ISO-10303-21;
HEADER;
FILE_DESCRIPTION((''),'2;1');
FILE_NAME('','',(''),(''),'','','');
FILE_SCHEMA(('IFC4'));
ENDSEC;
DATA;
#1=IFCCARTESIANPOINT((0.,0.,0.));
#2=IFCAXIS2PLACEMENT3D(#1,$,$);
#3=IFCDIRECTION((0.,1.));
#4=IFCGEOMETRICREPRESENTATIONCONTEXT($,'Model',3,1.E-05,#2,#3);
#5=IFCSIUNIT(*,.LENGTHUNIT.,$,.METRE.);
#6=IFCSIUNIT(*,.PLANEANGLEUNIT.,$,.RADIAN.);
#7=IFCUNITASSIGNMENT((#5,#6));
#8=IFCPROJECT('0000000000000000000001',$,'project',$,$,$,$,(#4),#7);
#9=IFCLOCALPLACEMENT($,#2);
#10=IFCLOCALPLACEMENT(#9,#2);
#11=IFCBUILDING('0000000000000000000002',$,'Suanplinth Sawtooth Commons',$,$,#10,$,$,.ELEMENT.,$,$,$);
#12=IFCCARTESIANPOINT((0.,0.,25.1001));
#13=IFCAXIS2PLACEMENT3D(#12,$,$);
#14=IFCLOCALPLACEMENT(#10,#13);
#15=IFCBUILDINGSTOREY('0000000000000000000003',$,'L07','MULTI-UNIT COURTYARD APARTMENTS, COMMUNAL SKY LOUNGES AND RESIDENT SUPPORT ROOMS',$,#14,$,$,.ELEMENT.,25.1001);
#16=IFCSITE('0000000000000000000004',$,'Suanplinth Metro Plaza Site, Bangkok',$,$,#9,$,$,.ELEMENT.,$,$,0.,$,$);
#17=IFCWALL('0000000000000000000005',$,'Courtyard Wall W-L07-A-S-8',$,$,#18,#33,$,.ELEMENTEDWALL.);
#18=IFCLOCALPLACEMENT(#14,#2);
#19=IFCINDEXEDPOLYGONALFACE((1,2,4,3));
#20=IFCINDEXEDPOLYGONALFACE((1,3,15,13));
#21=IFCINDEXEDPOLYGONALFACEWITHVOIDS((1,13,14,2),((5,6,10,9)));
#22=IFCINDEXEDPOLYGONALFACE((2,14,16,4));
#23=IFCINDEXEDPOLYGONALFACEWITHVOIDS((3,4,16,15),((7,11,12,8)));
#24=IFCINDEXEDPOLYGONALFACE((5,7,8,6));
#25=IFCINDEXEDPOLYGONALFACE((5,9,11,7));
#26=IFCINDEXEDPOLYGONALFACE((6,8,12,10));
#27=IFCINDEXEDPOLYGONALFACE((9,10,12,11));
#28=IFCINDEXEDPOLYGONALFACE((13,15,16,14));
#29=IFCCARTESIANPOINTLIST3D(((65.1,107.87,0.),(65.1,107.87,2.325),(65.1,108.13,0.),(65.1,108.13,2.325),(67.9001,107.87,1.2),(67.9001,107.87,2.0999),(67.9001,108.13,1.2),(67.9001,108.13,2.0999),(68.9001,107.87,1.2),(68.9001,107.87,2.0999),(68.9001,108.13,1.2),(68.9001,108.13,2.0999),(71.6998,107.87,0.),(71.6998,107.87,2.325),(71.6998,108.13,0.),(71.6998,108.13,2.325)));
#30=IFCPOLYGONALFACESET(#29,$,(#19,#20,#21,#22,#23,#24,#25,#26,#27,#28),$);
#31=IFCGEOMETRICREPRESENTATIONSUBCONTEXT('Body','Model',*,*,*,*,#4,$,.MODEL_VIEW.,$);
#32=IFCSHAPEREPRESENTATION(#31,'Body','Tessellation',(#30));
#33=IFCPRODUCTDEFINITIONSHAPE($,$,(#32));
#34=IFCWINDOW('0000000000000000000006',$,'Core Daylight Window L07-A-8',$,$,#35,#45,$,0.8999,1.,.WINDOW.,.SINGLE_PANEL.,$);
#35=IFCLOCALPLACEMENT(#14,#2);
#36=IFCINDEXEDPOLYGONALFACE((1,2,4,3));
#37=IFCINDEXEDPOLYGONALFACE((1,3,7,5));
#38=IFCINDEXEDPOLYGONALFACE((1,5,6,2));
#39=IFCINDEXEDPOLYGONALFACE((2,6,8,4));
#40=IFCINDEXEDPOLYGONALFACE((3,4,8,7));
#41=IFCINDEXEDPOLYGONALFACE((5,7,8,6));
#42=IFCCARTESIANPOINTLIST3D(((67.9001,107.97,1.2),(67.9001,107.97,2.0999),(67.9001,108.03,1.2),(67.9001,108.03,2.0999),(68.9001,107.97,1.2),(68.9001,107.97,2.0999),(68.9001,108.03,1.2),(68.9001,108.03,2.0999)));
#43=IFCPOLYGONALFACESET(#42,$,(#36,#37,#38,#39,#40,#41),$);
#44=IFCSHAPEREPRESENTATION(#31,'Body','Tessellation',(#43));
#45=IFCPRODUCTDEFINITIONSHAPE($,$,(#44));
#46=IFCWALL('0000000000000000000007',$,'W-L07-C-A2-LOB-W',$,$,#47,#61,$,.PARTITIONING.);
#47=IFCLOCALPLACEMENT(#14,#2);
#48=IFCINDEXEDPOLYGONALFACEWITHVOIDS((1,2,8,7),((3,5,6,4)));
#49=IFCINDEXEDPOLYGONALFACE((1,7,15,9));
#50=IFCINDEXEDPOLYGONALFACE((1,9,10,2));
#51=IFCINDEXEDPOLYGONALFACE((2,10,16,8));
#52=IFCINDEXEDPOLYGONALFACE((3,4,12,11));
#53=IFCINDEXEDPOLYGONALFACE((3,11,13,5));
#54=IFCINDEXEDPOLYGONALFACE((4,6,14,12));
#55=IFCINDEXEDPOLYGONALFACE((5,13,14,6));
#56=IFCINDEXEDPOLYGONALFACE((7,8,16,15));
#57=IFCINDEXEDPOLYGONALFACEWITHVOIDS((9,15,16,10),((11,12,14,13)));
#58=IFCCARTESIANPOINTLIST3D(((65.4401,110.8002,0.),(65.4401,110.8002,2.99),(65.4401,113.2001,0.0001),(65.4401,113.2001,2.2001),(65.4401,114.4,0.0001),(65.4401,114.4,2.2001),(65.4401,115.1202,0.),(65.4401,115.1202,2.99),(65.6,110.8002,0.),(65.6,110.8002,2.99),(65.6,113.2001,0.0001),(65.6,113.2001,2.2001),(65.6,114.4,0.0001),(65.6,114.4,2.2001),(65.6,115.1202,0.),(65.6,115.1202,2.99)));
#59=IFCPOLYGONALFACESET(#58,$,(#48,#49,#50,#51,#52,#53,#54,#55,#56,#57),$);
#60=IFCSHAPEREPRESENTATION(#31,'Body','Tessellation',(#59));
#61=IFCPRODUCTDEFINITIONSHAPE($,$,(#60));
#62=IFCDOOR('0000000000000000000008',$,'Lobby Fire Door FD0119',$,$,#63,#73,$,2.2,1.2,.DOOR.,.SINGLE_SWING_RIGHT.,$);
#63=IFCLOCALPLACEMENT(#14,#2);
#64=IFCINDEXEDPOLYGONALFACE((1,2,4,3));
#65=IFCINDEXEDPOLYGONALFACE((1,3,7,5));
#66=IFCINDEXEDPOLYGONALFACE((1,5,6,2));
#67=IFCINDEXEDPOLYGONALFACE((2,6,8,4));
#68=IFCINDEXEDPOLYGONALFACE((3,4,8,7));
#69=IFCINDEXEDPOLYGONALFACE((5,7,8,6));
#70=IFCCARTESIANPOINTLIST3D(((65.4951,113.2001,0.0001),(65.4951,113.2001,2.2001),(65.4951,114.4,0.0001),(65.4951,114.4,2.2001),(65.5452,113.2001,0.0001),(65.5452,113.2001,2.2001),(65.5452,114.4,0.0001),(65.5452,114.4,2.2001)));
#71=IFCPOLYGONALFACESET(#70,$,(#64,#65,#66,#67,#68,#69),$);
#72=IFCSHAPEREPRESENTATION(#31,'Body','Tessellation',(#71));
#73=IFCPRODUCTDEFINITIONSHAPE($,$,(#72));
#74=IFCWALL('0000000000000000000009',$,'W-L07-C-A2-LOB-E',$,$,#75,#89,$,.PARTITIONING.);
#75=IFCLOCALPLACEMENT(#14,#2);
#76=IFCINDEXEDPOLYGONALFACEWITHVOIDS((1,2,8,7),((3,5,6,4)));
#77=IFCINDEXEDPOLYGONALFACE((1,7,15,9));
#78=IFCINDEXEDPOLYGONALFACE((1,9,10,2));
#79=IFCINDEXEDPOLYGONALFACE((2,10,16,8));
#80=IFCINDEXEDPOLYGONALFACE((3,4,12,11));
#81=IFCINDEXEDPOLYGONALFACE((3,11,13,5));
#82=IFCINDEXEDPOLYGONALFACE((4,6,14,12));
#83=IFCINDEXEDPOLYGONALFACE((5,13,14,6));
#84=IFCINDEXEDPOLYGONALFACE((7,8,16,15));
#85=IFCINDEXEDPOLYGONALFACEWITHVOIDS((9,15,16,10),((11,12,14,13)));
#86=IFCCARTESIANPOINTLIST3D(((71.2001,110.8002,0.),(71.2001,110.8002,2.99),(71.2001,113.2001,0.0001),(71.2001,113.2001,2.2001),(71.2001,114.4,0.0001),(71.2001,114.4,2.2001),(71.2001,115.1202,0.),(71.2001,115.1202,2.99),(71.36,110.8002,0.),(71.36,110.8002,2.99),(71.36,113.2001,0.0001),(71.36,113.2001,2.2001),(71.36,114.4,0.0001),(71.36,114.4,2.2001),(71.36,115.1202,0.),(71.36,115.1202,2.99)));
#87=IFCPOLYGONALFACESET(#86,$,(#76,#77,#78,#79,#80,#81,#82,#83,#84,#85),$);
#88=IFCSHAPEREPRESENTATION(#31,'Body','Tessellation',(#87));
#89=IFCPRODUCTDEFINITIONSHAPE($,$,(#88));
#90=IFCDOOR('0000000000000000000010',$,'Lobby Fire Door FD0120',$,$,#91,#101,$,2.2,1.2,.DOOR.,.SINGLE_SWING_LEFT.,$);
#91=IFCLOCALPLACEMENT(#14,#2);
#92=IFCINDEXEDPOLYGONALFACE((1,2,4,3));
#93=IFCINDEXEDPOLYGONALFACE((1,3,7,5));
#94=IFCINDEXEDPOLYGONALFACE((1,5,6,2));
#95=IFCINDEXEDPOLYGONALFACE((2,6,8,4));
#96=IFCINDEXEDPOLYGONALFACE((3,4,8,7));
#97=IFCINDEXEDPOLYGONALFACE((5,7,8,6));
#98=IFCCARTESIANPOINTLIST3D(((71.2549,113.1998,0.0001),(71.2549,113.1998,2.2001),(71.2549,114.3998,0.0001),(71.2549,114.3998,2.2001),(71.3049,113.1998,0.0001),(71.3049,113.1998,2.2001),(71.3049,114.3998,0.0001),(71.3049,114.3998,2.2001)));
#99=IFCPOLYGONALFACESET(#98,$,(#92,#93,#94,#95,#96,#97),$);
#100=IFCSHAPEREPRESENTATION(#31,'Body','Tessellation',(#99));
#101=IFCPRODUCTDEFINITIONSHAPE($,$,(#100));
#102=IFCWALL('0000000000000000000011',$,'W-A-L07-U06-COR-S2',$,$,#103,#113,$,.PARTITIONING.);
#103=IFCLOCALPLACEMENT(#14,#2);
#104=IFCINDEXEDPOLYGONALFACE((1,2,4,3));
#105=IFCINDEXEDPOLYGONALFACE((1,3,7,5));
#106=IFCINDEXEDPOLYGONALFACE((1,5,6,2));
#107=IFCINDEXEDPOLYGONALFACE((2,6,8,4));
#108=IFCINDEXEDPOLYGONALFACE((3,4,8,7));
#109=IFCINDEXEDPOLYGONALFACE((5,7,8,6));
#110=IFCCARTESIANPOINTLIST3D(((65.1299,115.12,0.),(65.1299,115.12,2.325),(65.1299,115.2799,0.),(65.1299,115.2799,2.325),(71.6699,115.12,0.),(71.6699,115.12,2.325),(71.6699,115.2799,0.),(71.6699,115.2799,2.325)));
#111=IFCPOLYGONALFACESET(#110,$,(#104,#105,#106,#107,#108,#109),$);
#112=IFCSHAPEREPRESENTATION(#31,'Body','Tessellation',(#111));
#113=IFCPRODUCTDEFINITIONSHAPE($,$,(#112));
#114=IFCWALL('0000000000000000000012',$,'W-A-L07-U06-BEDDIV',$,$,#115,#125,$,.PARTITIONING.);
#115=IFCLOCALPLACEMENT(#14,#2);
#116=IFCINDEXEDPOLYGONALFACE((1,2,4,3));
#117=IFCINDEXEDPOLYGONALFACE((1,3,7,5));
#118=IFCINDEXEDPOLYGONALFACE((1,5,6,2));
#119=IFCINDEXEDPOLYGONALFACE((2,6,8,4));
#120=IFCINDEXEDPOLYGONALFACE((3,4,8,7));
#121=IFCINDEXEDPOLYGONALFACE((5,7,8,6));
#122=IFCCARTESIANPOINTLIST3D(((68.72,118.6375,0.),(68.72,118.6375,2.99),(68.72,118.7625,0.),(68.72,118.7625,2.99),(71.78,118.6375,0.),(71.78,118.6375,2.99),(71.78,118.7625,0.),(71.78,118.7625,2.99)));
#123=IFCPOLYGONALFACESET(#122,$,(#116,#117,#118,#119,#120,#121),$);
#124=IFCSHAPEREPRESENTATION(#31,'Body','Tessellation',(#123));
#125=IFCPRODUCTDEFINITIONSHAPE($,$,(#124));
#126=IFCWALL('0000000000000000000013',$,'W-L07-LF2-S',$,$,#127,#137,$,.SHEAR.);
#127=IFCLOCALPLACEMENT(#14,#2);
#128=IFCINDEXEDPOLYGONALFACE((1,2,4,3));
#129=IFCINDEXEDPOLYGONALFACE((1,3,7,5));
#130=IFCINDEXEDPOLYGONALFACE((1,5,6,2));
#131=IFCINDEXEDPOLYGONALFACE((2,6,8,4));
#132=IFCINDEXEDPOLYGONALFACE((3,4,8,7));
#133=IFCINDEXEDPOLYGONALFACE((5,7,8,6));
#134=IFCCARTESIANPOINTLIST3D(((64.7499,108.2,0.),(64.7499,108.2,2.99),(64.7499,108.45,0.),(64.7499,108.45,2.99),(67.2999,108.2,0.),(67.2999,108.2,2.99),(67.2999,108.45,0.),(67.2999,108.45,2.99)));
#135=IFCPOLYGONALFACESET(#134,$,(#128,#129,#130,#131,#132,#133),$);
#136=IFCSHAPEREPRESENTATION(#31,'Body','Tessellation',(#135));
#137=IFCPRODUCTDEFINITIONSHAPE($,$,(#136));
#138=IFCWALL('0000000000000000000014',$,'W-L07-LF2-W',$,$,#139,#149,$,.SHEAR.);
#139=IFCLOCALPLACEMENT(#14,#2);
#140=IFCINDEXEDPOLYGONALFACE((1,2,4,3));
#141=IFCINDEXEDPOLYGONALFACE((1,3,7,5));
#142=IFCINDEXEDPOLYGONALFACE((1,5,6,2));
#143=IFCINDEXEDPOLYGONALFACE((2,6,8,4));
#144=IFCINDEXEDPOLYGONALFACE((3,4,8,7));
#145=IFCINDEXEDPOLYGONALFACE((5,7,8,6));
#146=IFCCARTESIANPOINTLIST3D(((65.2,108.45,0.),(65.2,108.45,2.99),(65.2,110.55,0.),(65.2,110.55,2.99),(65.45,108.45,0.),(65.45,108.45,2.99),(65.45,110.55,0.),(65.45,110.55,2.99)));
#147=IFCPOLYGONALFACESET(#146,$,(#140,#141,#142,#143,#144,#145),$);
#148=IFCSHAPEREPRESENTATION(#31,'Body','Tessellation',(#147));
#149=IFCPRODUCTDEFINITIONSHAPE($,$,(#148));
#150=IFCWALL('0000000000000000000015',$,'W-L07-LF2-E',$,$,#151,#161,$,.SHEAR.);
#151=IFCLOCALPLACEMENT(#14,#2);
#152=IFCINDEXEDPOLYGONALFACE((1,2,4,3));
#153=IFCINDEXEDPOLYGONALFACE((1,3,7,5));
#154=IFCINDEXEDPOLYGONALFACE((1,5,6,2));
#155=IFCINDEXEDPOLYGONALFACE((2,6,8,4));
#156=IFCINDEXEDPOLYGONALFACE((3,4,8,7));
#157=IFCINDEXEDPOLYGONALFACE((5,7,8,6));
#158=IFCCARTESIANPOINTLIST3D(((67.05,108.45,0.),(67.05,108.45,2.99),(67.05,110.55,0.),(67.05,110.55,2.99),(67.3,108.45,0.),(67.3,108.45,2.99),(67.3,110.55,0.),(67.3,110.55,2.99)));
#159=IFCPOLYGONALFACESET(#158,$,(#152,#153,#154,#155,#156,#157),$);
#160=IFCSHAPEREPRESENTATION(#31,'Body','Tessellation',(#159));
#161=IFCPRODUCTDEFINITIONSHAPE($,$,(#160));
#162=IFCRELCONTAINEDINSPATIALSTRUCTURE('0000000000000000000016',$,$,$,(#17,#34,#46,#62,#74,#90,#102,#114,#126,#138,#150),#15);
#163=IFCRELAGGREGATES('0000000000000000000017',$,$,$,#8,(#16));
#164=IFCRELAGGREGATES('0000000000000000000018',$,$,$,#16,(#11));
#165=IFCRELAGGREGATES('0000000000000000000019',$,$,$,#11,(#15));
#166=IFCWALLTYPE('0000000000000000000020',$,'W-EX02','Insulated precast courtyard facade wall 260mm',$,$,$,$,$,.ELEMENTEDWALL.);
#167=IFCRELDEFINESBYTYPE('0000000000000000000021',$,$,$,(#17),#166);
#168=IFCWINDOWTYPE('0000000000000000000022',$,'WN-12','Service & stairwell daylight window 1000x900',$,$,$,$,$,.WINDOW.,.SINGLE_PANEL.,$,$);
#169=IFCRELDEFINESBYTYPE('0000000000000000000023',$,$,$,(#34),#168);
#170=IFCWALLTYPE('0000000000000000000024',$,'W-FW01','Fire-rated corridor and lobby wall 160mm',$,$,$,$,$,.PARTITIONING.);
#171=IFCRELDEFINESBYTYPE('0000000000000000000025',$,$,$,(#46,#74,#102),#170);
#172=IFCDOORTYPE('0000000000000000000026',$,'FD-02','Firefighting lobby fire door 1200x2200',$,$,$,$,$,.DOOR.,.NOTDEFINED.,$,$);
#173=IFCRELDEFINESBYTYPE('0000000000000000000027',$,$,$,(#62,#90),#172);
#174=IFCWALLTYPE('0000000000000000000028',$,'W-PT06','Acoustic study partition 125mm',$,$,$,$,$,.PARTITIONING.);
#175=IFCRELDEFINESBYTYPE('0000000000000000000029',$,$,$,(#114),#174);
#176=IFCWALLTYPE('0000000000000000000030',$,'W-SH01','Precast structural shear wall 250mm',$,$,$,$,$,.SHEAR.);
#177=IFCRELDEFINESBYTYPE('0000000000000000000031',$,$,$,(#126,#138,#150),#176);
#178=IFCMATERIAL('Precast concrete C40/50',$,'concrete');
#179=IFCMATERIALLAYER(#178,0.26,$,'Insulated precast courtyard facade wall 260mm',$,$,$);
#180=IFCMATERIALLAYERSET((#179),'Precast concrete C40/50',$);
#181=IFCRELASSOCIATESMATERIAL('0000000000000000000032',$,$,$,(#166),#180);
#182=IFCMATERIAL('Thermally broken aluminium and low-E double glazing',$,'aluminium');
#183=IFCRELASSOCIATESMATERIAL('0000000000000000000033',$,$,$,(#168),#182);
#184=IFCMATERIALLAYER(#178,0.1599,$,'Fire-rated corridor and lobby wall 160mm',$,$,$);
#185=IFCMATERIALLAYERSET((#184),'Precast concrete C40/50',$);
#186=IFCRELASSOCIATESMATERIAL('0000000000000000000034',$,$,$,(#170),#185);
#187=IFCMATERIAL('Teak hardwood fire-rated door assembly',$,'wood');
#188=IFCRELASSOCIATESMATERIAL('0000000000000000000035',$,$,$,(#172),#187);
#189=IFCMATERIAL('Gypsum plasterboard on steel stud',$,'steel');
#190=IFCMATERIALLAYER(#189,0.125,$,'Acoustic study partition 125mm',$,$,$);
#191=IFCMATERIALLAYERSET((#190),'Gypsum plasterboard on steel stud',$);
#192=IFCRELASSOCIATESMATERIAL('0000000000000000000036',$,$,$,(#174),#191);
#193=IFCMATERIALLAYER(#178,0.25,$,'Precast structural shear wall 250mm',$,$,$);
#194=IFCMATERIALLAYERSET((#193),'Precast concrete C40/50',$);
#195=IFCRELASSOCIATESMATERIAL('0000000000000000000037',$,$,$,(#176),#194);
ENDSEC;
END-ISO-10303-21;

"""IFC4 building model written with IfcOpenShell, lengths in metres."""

from ifc_helpers import new_model, si_unit, direction, frame, frame_2d, origin, place, context, subcontext, project, spatial, rectangle, extrude, material, layer, layer_set, type_object, element, fill, save


model = new_model("IFC4")

# Units and contexts
model_context = context("Model", 3, precision=1e-05, world=origin(), true_north=direction((0.0, 1.0)))
body_context = subcontext(model_context, "Body", "Model", "MODEL_VIEW")
ifc_project = project(units=[si_unit("LENGTHUNIT", "METRE"), si_unit("PLANEANGLEUNIT", "RADIAN")], contexts=[model_context])

# Site, building, storey
site_placement = place(None, origin())
site = spatial("IfcSite", under=ifc_project, at=site_placement, Name="Suanplinth Metro Plaza Site, Bangkok", CompositionType="ELEMENT", RefElevation=0.0)
building_placement = place(site_placement, origin())
building = spatial("IfcBuilding", under=site, at=building_placement, Name="Suanplinth Sawtooth Commons", CompositionType="ELEMENT")
storey_placement = place(building_placement, frame((0.0, 0.0, 25.1001)))
storey = spatial("IfcBuildingStorey", under=building, at=storey_placement, Name="L07", Description="MULTI-UNIT COURTYARD APARTMENTS, COMMUNAL SKY LOUNGES AND RESIDENT SUPPORT ROOMS", CompositionType="ELEMENT", Elevation=25.1001)

# Shared definitions
ifc_material_1 = material(Name="Precast concrete C40/50", Category="concrete")

# Wall, opening, window
ifc_layer_1 = layer(ifc_material_1, 0.26, Name="Insulated precast courtyard facade wall 260mm")
ifc_layer_set_1 = layer_set([ifc_layer_1], Name="Precast concrete C40/50")
wall_type_1 = type_object("IfcWallType", Name="W-EX02", Description="Insulated precast courtyard facade wall 260mm", PredefinedType="ELEMENTEDWALL", material=ifc_layer_set_1)
wall_1_placement = place(storey_placement, frame((65.1001, 108.0, 0.0), z_axis=(0.0, 0.0, 1.0), x_axis=(1.0, 0.0, 0.0)))
wall_1 = element("IfcWall", 1, at=wall_1_placement, inside=storey, type_object=wall_type_1, Name="Courtyard Wall W-L07-A-S-8", PredefinedType="ELEMENTEDWALL", context=body_context, shape_type="SweptSolid", body=[
    extrude(rectangle(XDim=6.5999, YDim=0.26, at=frame_2d((3.2998, 0.0))), origin(), (0.0, 0.0, 1.0), 2.325),
])
opening_1_placement = place(wall_1_placement, frame((2.8, 0.0, 1.2)))
opening_1 = element("IfcOpeningElement", 2, at=opening_1_placement, cuts=wall_1, PredefinedType="OPENING", context=body_context, shape_type="SweptSolid", body=[
    extrude(rectangle(XDim=1.0, YDim=0.8999, at=frame_2d((0.5, 0.45))), frame((0.0, 0.145, 0.0), z_axis=(0.0, -1.0, 0.0), x_axis=(1.0, 0.0, 0.0)), (0.0, 0.0, 1.0), 0.2898),
])
ifc_material_2 = material(Name="Thermally broken aluminium and low-E double glazing", Category="aluminium")
window_type = type_object("IfcWindowType", Name="WN-12", Description="Service & stairwell daylight window 1000x900", PartitioningType="SINGLE_PANEL", PredefinedType="WINDOW", material=ifc_material_2)
window_placement = place(opening_1_placement, origin())
window = element("IfcWindow", 3, at=window_placement, inside=storey, type_object=window_type, Name="Core Daylight Window L07-A-8", OverallHeight=0.8999, OverallWidth=1.0, PartitioningType="SINGLE_PANEL", PredefinedType="WINDOW", context=body_context, shape_type="SweptSolid", body=[
    extrude(rectangle(XDim=1.0, YDim=0.8999, at=frame_2d((0.5, 0.45))), frame((0.0, 0.03, 0.0), z_axis=(0.0, -1.0, 0.0), x_axis=(1.0, 0.0, 0.0)), (0.0, 0.0, 1.0), 0.0601),
])
fill(opening_1, window)

# Walls, openings, doors
ifc_layer_2 = layer(ifc_material_1, 0.1599, Name="Fire-rated corridor and lobby wall 160mm")
ifc_layer_set_2 = layer_set([ifc_layer_2], Name="Precast concrete C40/50")
wall_type_2 = type_object("IfcWallType", Name="W-FW01", Description="Fire-rated corridor and lobby wall 160mm", PredefinedType="PARTITIONING", material=ifc_layer_set_2)
wall_2_placement = place(storey_placement, frame((65.52, 110.8, 0.0), z_axis=(0.0, 0.0, 1.0), x_axis=(0.0, 1.0, 0.0)))
wall_2 = element("IfcWall", 4, at=wall_2_placement, inside=storey, type_object=wall_type_2, Name="W-L07-C-A2-LOB-W", PredefinedType="PARTITIONING", context=body_context, shape_type="SweptSolid", body=[
    extrude(rectangle(XDim=4.3201, YDim=0.1599, at=frame_2d((2.1602, 0.0))), origin(), (0.0, 0.0, 1.0), 2.99),
])
opening_2_placement = place(wall_2_placement, frame((2.3999, 0.0, 0.0)))
opening_2 = element("IfcOpeningElement", 5, at=opening_2_placement, cuts=wall_2, PredefinedType="OPENING", context=body_context, shape_type="SweptSolid", body=[
    extrude(rectangle(XDim=1.2, YDim=2.2, at=frame_2d((0.6001, 1.1001))), frame((0.0, 0.0947, 0.0), z_axis=(0.0, -1.0, 0.0), x_axis=(1.0, 0.0, 0.0)), (0.0, 0.0, 1.0), 0.1897),
])
ifc_material_3 = material(Name="Teak hardwood fire-rated door assembly", Category="wood")
door_type_1 = type_object("IfcDoorType", Name="FD-02", Description="Firefighting lobby fire door 1200x2200", OperationType="NOTDEFINED", PredefinedType="DOOR", material=ifc_material_3)
door_1_placement = place(opening_2_placement, origin())
door_1 = element("IfcDoor", 6, at=door_1_placement, inside=storey, type_object=door_type_1, Name="Lobby Fire Door FD0119", OperationType="SINGLE_SWING_RIGHT", OverallHeight=2.2, OverallWidth=1.2, PredefinedType="DOOR", context=body_context, shape_type="SweptSolid", body=[
    extrude(rectangle(XDim=1.2, YDim=2.2, at=frame_2d((0.6001, 1.1001))), frame((0.0, 0.0249, 0.0), z_axis=(0.0, -1.0, 0.0), x_axis=(1.0, 0.0, 0.0)), (0.0, 0.0, 1.0), 0.05),
])
fill(opening_2, door_1)
wall_3_placement = place(storey_placement, frame((71.28, 110.8, 0.0), z_axis=(0.0, 0.0, 1.0), x_axis=(0.0, 1.0, 0.0)))
wall_3 = element("IfcWall", 7, at=wall_3_placement, inside=storey, type_object=wall_type_2, Name="W-L07-C-A2-LOB-E", PredefinedType="PARTITIONING", context=body_context, shape_type="SweptSolid", body=[
    extrude(rectangle(XDim=4.3201, YDim=0.1599, at=frame_2d((2.1602, 0.0))), origin(), (0.0, 0.0, 1.0), 2.99),
])
opening_3_placement = place(wall_3_placement, frame((2.3999, 0.0, 0.0)))
opening_3 = element("IfcOpeningElement", 8, at=opening_3_placement, cuts=wall_3, PredefinedType="OPENING", context=body_context, shape_type="SweptSolid", body=[
    extrude(rectangle(XDim=1.2, YDim=2.2, at=frame_2d((0.6001, 1.1001))), frame((0.0, 0.0947, 0.0), z_axis=(0.0, -1.0, 0.0), x_axis=(1.0, 0.0, 0.0)), (0.0, 0.0, 1.0), 0.1897),
])
door_2_placement = place(opening_3_placement, frame((1.2, 0.0, 0.0), z_axis=(0.0, 0.0, 1.0), x_axis=(-1.0, 0.0, 0.0)))
door_2 = element("IfcDoor", 9, at=door_2_placement, inside=storey, type_object=door_type_1, Name="Lobby Fire Door FD0120", OperationType="SINGLE_SWING_LEFT", OverallHeight=2.2, OverallWidth=1.2, PredefinedType="DOOR", context=body_context, shape_type="SweptSolid", body=[
    extrude(rectangle(XDim=1.2, YDim=2.2, at=frame_2d((0.6001, 1.1001))), frame((0.0, 0.0249, 0.0), z_axis=(0.0, -1.0, 0.0), x_axis=(1.0, 0.0, 0.0)), (0.0, 0.0, 1.0), 0.05),
])
fill(opening_3, door_2)

# Wall
wall_4_placement = place(storey_placement, frame((65.1299, 115.2, 0.0), z_axis=(0.0, 0.0, 1.0), x_axis=(1.0, 0.0, 0.0)))
element("IfcWall", 10, at=wall_4_placement, inside=storey, type_object=wall_type_2, Name="W-A-L07-U06-COR-S2", PredefinedType="PARTITIONING", context=body_context, shape_type="SweptSolid", body=[
    extrude(rectangle(XDim=6.54, YDim=0.1599, at=frame_2d((3.27, 0.0))), origin(), (0.0, 0.0, 1.0), 2.325),
])

# Shared definitions
ifc_material_4 = material(Name="Gypsum plasterboard on steel stud", Category="steel")

# Wall
ifc_layer_3 = layer(ifc_material_4, 0.125, Name="Acoustic study partition 125mm")
ifc_layer_set_3 = layer_set([ifc_layer_3], Name="Gypsum plasterboard on steel stud")
wall_type_3 = type_object("IfcWallType", Name="W-PT06", Description="Acoustic study partition 125mm", PredefinedType="PARTITIONING", material=ifc_layer_set_3)
wall_5_placement = place(storey_placement, frame((68.72, 118.7, 0.0), z_axis=(0.0, 0.0, 1.0), x_axis=(1.0, 0.0, 0.0)))
element("IfcWall", 11, at=wall_5_placement, inside=storey, type_object=wall_type_3, Name="W-A-L07-U06-BEDDIV", PredefinedType="PARTITIONING", context=body_context, shape_type="SweptSolid", body=[
    extrude(rectangle(XDim=3.0601, YDim=0.125, at=frame_2d((1.53, 0.0))), origin(), (0.0, 0.0, 1.0), 2.99),
])

# Wall
ifc_layer_4 = layer(ifc_material_1, 0.25, Name="Precast structural shear wall 250mm")
ifc_layer_set_4 = layer_set([ifc_layer_4], Name="Precast concrete C40/50")
wall_type_4 = type_object("IfcWallType", Name="W-SH01", Description="Precast structural shear wall 250mm", PredefinedType="SHEAR", material=ifc_layer_set_4)
wall_6_placement = place(storey_placement, frame((64.75, 108.325, 0.0), z_axis=(0.0, 0.0, 1.0), x_axis=(1.0, 0.0, 0.0)))
element("IfcWall", 12, at=wall_6_placement, inside=storey, type_object=wall_type_4, Name="W-L07-LF2-S", PredefinedType="SHEAR", context=body_context, shape_type="SweptSolid", body=[
    extrude(rectangle(XDim=2.55, YDim=0.25, at=frame_2d((1.2749, 0.0))), origin(), (0.0, 0.0, 1.0), 2.99),
])

# Walls
for number, where, z_axis, x_axis, name in (
    (13, (65.325, 108.45, 0.0), (0.0, 0.0, 1.0), (0.0, 1.0, 0.0), "W-L07-LF2-W"),
    (14, (67.175, 108.45, 0.0), (0.0, 0.0, 1.0), (0.0, 1.0, 0.0), "W-L07-LF2-E"),
):
    element("IfcWall", number, at=place(storey_placement, frame(where, z_axis=z_axis, x_axis=x_axis)), inside=storey, type_object=wall_type_4, Name=name, PredefinedType="SHEAR", context=body_context, shape_type="SweptSolid", body=[
        extrude(rectangle(XDim=2.1001, YDim=0.25, at=frame_2d((1.05, 0.0))), origin(), (0.0, 0.0, 1.0), 2.99),
    ])

save(model, "model.ifc")
